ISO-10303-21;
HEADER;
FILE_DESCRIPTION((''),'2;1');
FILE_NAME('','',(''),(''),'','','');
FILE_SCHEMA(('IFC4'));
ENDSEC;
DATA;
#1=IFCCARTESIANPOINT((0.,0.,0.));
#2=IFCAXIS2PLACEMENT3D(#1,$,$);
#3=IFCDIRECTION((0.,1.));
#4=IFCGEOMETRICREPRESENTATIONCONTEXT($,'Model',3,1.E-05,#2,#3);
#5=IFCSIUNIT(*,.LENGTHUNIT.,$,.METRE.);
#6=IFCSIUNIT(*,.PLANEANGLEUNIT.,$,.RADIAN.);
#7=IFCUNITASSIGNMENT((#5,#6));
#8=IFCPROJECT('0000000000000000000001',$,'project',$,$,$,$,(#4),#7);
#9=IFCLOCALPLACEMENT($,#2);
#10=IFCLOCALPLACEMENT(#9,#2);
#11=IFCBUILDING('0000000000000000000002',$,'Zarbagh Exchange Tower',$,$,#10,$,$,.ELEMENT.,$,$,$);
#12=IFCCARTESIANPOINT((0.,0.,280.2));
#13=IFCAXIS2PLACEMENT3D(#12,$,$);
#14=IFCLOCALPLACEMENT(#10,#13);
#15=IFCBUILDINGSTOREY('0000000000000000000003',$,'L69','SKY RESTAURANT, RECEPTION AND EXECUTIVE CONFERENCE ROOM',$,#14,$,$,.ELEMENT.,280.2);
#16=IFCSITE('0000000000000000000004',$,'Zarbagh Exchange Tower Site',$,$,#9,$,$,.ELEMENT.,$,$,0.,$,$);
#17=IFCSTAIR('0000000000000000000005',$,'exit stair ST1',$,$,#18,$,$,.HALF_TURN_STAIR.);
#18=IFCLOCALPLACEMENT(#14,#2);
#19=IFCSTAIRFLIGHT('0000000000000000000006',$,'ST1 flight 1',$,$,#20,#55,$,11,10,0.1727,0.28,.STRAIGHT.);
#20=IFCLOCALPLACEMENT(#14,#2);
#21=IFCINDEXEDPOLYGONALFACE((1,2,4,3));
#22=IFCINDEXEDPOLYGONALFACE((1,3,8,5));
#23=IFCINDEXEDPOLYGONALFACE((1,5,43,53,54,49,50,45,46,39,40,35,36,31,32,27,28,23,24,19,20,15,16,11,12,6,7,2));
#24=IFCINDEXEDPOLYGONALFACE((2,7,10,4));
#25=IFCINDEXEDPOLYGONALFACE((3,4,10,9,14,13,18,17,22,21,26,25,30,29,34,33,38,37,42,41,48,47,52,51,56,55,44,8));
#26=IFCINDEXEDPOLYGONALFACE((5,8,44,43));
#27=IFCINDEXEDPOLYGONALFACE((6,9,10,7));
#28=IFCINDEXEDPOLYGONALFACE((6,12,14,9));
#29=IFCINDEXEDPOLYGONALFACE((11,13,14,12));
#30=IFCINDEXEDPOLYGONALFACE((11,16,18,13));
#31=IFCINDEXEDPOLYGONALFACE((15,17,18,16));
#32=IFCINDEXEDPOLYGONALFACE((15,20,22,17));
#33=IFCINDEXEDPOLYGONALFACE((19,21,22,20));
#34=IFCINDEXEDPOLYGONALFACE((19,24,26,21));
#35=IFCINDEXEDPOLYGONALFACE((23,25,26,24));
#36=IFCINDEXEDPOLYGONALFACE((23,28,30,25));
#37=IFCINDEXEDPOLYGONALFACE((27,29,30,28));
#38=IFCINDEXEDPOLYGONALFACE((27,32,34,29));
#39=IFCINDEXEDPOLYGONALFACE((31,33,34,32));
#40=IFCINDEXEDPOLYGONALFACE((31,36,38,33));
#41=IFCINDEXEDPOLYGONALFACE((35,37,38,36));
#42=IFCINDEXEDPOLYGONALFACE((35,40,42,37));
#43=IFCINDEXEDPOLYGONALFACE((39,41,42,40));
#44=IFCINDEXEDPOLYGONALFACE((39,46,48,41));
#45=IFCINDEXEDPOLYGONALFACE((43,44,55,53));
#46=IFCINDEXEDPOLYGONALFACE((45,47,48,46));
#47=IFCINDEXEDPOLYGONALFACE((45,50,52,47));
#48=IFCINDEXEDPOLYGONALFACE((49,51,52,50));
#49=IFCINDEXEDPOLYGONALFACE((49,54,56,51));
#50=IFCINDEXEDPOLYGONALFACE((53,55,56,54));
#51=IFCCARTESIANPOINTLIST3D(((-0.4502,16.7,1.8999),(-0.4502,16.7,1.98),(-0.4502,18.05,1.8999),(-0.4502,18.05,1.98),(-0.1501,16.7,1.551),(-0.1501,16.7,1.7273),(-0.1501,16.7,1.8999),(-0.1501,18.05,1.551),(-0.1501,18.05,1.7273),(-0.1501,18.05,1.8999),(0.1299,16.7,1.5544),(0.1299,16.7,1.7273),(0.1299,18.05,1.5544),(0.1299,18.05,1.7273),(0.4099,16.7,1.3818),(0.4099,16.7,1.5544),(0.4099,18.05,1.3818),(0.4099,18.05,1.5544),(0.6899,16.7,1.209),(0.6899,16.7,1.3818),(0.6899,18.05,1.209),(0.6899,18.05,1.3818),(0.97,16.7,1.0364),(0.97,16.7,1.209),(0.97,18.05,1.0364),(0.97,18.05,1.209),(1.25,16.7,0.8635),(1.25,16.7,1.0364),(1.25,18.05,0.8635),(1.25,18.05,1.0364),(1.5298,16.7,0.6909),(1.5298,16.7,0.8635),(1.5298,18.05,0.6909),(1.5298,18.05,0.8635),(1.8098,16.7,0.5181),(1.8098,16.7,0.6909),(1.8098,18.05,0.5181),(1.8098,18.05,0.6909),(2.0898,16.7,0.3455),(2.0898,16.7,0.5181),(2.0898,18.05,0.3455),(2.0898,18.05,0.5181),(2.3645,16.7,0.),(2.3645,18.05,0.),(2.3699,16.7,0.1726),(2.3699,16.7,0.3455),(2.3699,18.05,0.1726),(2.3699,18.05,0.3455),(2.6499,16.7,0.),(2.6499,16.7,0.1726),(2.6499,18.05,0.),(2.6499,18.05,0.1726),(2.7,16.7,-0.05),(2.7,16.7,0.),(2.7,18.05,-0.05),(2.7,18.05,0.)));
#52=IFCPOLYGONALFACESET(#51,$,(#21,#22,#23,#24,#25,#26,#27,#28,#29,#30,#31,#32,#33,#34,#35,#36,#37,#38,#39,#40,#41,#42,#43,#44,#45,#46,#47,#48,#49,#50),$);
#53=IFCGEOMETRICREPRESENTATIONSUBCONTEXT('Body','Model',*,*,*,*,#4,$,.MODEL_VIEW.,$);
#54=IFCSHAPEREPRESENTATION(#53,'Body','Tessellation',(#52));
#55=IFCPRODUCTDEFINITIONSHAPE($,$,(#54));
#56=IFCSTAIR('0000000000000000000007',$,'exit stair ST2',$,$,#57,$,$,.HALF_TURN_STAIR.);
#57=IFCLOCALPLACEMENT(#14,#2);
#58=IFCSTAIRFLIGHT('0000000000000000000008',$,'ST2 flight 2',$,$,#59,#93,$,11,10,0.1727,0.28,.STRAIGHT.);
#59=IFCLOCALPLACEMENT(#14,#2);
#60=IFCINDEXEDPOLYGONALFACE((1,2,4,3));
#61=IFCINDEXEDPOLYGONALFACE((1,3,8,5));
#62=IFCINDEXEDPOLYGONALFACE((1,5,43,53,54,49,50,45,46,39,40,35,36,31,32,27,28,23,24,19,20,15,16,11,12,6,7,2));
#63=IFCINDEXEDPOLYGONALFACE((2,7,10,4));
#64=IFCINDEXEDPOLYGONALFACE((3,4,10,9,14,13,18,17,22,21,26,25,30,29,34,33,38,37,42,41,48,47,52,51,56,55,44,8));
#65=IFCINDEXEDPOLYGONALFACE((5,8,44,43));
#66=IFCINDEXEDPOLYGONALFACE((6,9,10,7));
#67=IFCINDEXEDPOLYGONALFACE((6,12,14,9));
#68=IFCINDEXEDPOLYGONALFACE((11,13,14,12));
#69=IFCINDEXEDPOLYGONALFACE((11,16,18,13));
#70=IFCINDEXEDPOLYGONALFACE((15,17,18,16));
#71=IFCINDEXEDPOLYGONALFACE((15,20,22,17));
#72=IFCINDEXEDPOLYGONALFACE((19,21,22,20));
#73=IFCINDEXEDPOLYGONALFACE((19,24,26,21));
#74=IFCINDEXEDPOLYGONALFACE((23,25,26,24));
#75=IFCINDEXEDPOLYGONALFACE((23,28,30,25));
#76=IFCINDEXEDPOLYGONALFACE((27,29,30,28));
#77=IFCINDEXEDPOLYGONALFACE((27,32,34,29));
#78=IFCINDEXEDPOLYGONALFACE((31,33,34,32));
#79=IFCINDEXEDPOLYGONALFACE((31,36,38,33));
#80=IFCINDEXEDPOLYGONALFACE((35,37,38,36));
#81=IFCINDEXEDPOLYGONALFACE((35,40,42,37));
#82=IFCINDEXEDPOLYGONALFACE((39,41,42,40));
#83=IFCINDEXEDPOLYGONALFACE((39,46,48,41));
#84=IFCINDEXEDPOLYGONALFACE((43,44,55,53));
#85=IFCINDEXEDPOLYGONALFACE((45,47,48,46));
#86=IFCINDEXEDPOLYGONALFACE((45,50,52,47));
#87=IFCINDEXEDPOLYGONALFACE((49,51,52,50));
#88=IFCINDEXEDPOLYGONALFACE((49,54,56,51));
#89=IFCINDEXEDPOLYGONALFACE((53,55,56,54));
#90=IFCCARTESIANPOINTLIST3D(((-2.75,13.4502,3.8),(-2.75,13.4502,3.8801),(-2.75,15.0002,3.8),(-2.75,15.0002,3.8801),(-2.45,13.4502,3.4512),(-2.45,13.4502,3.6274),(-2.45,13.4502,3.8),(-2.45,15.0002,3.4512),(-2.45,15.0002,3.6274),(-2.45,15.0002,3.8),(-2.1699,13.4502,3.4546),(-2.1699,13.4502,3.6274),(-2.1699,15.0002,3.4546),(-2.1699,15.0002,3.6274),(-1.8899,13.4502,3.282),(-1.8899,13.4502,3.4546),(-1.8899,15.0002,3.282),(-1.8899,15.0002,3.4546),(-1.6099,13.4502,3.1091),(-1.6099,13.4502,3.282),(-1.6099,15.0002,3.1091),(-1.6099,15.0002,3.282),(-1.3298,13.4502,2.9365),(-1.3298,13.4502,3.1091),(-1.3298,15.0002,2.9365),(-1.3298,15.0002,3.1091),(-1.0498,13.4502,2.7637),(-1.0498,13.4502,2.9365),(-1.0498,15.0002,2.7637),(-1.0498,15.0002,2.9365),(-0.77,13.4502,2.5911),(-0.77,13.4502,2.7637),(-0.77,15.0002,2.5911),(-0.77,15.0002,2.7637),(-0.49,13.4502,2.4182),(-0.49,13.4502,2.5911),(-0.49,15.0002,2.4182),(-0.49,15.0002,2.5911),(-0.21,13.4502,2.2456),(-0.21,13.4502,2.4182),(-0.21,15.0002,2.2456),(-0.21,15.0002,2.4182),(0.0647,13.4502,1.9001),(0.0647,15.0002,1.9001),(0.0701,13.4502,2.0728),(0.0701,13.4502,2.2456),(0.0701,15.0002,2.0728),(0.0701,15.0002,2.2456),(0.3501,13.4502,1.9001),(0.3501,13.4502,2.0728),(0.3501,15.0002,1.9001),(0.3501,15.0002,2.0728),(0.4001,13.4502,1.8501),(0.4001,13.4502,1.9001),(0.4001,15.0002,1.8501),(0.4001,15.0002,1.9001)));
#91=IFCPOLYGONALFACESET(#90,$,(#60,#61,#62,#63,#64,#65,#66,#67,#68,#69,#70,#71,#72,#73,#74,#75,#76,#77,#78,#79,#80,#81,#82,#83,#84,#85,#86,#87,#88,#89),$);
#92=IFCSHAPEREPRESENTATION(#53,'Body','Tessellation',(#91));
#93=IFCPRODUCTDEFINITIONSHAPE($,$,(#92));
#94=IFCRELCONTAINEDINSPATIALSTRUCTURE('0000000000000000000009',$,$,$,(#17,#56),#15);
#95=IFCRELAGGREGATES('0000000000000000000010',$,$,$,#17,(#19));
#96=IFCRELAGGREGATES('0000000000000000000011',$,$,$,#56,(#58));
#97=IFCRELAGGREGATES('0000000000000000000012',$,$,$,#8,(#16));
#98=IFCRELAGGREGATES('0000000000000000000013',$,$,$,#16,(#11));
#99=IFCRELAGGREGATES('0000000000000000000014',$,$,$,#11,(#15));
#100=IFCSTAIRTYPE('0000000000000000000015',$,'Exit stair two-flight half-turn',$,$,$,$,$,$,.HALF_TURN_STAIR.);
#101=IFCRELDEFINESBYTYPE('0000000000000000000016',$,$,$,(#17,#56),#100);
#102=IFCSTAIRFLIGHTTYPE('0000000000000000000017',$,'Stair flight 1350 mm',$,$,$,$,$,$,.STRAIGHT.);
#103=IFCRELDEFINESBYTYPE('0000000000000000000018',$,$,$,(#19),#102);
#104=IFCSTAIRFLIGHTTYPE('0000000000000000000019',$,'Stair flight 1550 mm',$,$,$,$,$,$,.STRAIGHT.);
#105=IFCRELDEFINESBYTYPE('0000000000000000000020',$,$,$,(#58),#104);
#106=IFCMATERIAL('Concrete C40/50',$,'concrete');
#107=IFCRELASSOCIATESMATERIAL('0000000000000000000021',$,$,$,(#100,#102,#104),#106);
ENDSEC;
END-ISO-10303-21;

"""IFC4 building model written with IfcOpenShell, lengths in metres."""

from ifc_helpers import new_model, si_unit, direction, frame, origin, place, context, subcontext, project, spatial, polyline, outline, extrude, material, type_object, element, aggregate, save


model = new_model("IFC4")

# Units and contexts
model_context = context("Model", 3, precision=1e-05, world=origin(), true_north=direction((0.0, 1.0)))
body_context = subcontext(model_context, "Body", "Model", "MODEL_VIEW")
ifc_project = project(units=[si_unit("LENGTHUNIT", "METRE"), si_unit("PLANEANGLEUNIT", "RADIAN")], contexts=[model_context])

# Site, building, storey
site_placement = place(None, origin())
site = spatial("IfcSite", under=ifc_project, at=site_placement, Name="Zarbagh Exchange Tower Site", CompositionType="ELEMENT", RefElevation=0.0)
building_placement = place(site_placement, origin())
building = spatial("IfcBuilding", under=site, at=building_placement, Name="Zarbagh Exchange Tower", CompositionType="ELEMENT")
storey_placement = place(building_placement, frame((0.0, 0.0, 280.2)))
storey = spatial("IfcBuildingStorey", under=building, at=storey_placement, Name="L69", Description="SKY RESTAURANT, RECEPTION AND EXECUTIVE CONFERENCE ROOM", CompositionType="ELEMENT", Elevation=280.2)

# Shared definitions
ifc_material_1 = material(Name="Concrete C40/50", Category="concrete")

# Stairs, stair flights
stair_type = type_object("IfcStairType", Name="Exit stair two-flight half-turn", PredefinedType="HALF_TURN_STAIR", material=ifc_material_1)
stair_1_placement = place(storey_placement, origin())
stair_1 = element("IfcStair", 1, at=stair_1_placement, inside=storey, type_object=stair_type, Name="exit stair ST1", PredefinedType="HALF_TURN_STAIR")
stair_flight_type_1 = type_object("IfcStairFlightType", Name="Stair flight 1350 mm", PredefinedType="STRAIGHT", material=ifc_material_1)
stair_flight_1_placement = place(storey_placement, frame((2.6499, 17.375, 0.0), z_axis=(0.0, 0.0, 1.0), x_axis=(-1.0, 0.0, 0.0)))
stair_flight_1 = element("IfcStairFlight", 2, at=stair_flight_1_placement, type_object=stair_flight_type_1, Name="ST1 flight 1", NumberOfRisers=11, NumberOfTreads=10, PredefinedType="STRAIGHT", RiserHeight=0.1727, TreadLength=0.28, context=body_context, shape_type="SweptSolid", body=[
    extrude(outline(polyline([(-0.05, -0.05), (-0.05, 0.0), (0.0, 0.0), (0.0, 0.1726), (0.28, 0.1726), (0.28, 0.3455), (0.5601, 0.3455), (0.5601, 0.5181), (0.8401, 0.5181), (0.8401, 0.6909), (1.1201, 0.6909), (1.1201, 0.8635), (1.3999, 0.8635), (1.3999, 1.0364), (1.6799, 1.0364), (1.6799, 1.209), (1.96, 1.209), (1.96, 1.3818), (2.24, 1.3818), (2.24, 1.5544), (2.52, 1.5544), (2.52, 1.7273), (2.8, 1.7273), (2.8, 1.8999), (3.1001, 1.98), (3.1001, 1.8999), (2.8, 1.551), (0.2854, 0.0), (-0.05, -0.05)])), frame((0.0, 0.675, 0.0), z_axis=(0.0, -1.0, 0.0), x_axis=(1.0, 0.0, 0.0)), (0.0, 0.0, 1.0), 1.3501),
])
aggregate(stair_1, [stair_flight_1])
stair_2_placement = place(storey_placement, origin())
stair_2 = element("IfcStair", 3, at=stair_2_placement, inside=storey, type_object=stair_type, Name="exit stair ST2", PredefinedType="HALF_TURN_STAIR")
stair_flight_type_2 = type_object("IfcStairFlightType", Name="Stair flight 1550 mm", PredefinedType="STRAIGHT", material=ifc_material_1)
stair_flight_2_placement = place(storey_placement, frame((0.3501, 14.2251, 1.9001), z_axis=(0.0, 0.0, 1.0), x_axis=(-1.0, 0.0, 0.0)))
stair_flight_2 = element("IfcStairFlight", 4, at=stair_flight_2_placement, type_object=stair_flight_type_2, Name="ST2 flight 2", NumberOfRisers=11, NumberOfTreads=10, PredefinedType="STRAIGHT", RiserHeight=0.1727, TreadLength=0.28, context=body_context, shape_type="SweptSolid", body=[
    extrude(outline(polyline([(-0.05, -0.05), (-0.05, 0.0), (0.0, 0.0), (0.0, 0.1726), (0.28, 0.1726), (0.28, 0.3455), (0.5601, 0.3455), (0.5601, 0.5181), (0.8401, 0.5181), (0.8401, 0.6909), (1.1201, 0.6909), (1.1201, 0.8635), (1.3999, 0.8635), (1.3999, 1.0364), (1.6799, 1.0364), (1.6799, 1.209), (1.96, 1.209), (1.96, 1.3818), (2.24, 1.3818), (2.24, 1.5544), (2.52, 1.5544), (2.52, 1.7273), (2.8, 1.7273), (2.8, 1.8999), (3.1001, 1.98), (3.1001, 1.8999), (2.8, 1.551), (0.2854, 0.0), (-0.05, -0.05)])), frame((0.0, 0.7749, 0.0), z_axis=(0.0, -1.0, 0.0), x_axis=(1.0, 0.0, 0.0)), (0.0, 0.0, 1.0), 1.55),
])
aggregate(stair_2, [stair_flight_2])

save(model, "model.ifc")
